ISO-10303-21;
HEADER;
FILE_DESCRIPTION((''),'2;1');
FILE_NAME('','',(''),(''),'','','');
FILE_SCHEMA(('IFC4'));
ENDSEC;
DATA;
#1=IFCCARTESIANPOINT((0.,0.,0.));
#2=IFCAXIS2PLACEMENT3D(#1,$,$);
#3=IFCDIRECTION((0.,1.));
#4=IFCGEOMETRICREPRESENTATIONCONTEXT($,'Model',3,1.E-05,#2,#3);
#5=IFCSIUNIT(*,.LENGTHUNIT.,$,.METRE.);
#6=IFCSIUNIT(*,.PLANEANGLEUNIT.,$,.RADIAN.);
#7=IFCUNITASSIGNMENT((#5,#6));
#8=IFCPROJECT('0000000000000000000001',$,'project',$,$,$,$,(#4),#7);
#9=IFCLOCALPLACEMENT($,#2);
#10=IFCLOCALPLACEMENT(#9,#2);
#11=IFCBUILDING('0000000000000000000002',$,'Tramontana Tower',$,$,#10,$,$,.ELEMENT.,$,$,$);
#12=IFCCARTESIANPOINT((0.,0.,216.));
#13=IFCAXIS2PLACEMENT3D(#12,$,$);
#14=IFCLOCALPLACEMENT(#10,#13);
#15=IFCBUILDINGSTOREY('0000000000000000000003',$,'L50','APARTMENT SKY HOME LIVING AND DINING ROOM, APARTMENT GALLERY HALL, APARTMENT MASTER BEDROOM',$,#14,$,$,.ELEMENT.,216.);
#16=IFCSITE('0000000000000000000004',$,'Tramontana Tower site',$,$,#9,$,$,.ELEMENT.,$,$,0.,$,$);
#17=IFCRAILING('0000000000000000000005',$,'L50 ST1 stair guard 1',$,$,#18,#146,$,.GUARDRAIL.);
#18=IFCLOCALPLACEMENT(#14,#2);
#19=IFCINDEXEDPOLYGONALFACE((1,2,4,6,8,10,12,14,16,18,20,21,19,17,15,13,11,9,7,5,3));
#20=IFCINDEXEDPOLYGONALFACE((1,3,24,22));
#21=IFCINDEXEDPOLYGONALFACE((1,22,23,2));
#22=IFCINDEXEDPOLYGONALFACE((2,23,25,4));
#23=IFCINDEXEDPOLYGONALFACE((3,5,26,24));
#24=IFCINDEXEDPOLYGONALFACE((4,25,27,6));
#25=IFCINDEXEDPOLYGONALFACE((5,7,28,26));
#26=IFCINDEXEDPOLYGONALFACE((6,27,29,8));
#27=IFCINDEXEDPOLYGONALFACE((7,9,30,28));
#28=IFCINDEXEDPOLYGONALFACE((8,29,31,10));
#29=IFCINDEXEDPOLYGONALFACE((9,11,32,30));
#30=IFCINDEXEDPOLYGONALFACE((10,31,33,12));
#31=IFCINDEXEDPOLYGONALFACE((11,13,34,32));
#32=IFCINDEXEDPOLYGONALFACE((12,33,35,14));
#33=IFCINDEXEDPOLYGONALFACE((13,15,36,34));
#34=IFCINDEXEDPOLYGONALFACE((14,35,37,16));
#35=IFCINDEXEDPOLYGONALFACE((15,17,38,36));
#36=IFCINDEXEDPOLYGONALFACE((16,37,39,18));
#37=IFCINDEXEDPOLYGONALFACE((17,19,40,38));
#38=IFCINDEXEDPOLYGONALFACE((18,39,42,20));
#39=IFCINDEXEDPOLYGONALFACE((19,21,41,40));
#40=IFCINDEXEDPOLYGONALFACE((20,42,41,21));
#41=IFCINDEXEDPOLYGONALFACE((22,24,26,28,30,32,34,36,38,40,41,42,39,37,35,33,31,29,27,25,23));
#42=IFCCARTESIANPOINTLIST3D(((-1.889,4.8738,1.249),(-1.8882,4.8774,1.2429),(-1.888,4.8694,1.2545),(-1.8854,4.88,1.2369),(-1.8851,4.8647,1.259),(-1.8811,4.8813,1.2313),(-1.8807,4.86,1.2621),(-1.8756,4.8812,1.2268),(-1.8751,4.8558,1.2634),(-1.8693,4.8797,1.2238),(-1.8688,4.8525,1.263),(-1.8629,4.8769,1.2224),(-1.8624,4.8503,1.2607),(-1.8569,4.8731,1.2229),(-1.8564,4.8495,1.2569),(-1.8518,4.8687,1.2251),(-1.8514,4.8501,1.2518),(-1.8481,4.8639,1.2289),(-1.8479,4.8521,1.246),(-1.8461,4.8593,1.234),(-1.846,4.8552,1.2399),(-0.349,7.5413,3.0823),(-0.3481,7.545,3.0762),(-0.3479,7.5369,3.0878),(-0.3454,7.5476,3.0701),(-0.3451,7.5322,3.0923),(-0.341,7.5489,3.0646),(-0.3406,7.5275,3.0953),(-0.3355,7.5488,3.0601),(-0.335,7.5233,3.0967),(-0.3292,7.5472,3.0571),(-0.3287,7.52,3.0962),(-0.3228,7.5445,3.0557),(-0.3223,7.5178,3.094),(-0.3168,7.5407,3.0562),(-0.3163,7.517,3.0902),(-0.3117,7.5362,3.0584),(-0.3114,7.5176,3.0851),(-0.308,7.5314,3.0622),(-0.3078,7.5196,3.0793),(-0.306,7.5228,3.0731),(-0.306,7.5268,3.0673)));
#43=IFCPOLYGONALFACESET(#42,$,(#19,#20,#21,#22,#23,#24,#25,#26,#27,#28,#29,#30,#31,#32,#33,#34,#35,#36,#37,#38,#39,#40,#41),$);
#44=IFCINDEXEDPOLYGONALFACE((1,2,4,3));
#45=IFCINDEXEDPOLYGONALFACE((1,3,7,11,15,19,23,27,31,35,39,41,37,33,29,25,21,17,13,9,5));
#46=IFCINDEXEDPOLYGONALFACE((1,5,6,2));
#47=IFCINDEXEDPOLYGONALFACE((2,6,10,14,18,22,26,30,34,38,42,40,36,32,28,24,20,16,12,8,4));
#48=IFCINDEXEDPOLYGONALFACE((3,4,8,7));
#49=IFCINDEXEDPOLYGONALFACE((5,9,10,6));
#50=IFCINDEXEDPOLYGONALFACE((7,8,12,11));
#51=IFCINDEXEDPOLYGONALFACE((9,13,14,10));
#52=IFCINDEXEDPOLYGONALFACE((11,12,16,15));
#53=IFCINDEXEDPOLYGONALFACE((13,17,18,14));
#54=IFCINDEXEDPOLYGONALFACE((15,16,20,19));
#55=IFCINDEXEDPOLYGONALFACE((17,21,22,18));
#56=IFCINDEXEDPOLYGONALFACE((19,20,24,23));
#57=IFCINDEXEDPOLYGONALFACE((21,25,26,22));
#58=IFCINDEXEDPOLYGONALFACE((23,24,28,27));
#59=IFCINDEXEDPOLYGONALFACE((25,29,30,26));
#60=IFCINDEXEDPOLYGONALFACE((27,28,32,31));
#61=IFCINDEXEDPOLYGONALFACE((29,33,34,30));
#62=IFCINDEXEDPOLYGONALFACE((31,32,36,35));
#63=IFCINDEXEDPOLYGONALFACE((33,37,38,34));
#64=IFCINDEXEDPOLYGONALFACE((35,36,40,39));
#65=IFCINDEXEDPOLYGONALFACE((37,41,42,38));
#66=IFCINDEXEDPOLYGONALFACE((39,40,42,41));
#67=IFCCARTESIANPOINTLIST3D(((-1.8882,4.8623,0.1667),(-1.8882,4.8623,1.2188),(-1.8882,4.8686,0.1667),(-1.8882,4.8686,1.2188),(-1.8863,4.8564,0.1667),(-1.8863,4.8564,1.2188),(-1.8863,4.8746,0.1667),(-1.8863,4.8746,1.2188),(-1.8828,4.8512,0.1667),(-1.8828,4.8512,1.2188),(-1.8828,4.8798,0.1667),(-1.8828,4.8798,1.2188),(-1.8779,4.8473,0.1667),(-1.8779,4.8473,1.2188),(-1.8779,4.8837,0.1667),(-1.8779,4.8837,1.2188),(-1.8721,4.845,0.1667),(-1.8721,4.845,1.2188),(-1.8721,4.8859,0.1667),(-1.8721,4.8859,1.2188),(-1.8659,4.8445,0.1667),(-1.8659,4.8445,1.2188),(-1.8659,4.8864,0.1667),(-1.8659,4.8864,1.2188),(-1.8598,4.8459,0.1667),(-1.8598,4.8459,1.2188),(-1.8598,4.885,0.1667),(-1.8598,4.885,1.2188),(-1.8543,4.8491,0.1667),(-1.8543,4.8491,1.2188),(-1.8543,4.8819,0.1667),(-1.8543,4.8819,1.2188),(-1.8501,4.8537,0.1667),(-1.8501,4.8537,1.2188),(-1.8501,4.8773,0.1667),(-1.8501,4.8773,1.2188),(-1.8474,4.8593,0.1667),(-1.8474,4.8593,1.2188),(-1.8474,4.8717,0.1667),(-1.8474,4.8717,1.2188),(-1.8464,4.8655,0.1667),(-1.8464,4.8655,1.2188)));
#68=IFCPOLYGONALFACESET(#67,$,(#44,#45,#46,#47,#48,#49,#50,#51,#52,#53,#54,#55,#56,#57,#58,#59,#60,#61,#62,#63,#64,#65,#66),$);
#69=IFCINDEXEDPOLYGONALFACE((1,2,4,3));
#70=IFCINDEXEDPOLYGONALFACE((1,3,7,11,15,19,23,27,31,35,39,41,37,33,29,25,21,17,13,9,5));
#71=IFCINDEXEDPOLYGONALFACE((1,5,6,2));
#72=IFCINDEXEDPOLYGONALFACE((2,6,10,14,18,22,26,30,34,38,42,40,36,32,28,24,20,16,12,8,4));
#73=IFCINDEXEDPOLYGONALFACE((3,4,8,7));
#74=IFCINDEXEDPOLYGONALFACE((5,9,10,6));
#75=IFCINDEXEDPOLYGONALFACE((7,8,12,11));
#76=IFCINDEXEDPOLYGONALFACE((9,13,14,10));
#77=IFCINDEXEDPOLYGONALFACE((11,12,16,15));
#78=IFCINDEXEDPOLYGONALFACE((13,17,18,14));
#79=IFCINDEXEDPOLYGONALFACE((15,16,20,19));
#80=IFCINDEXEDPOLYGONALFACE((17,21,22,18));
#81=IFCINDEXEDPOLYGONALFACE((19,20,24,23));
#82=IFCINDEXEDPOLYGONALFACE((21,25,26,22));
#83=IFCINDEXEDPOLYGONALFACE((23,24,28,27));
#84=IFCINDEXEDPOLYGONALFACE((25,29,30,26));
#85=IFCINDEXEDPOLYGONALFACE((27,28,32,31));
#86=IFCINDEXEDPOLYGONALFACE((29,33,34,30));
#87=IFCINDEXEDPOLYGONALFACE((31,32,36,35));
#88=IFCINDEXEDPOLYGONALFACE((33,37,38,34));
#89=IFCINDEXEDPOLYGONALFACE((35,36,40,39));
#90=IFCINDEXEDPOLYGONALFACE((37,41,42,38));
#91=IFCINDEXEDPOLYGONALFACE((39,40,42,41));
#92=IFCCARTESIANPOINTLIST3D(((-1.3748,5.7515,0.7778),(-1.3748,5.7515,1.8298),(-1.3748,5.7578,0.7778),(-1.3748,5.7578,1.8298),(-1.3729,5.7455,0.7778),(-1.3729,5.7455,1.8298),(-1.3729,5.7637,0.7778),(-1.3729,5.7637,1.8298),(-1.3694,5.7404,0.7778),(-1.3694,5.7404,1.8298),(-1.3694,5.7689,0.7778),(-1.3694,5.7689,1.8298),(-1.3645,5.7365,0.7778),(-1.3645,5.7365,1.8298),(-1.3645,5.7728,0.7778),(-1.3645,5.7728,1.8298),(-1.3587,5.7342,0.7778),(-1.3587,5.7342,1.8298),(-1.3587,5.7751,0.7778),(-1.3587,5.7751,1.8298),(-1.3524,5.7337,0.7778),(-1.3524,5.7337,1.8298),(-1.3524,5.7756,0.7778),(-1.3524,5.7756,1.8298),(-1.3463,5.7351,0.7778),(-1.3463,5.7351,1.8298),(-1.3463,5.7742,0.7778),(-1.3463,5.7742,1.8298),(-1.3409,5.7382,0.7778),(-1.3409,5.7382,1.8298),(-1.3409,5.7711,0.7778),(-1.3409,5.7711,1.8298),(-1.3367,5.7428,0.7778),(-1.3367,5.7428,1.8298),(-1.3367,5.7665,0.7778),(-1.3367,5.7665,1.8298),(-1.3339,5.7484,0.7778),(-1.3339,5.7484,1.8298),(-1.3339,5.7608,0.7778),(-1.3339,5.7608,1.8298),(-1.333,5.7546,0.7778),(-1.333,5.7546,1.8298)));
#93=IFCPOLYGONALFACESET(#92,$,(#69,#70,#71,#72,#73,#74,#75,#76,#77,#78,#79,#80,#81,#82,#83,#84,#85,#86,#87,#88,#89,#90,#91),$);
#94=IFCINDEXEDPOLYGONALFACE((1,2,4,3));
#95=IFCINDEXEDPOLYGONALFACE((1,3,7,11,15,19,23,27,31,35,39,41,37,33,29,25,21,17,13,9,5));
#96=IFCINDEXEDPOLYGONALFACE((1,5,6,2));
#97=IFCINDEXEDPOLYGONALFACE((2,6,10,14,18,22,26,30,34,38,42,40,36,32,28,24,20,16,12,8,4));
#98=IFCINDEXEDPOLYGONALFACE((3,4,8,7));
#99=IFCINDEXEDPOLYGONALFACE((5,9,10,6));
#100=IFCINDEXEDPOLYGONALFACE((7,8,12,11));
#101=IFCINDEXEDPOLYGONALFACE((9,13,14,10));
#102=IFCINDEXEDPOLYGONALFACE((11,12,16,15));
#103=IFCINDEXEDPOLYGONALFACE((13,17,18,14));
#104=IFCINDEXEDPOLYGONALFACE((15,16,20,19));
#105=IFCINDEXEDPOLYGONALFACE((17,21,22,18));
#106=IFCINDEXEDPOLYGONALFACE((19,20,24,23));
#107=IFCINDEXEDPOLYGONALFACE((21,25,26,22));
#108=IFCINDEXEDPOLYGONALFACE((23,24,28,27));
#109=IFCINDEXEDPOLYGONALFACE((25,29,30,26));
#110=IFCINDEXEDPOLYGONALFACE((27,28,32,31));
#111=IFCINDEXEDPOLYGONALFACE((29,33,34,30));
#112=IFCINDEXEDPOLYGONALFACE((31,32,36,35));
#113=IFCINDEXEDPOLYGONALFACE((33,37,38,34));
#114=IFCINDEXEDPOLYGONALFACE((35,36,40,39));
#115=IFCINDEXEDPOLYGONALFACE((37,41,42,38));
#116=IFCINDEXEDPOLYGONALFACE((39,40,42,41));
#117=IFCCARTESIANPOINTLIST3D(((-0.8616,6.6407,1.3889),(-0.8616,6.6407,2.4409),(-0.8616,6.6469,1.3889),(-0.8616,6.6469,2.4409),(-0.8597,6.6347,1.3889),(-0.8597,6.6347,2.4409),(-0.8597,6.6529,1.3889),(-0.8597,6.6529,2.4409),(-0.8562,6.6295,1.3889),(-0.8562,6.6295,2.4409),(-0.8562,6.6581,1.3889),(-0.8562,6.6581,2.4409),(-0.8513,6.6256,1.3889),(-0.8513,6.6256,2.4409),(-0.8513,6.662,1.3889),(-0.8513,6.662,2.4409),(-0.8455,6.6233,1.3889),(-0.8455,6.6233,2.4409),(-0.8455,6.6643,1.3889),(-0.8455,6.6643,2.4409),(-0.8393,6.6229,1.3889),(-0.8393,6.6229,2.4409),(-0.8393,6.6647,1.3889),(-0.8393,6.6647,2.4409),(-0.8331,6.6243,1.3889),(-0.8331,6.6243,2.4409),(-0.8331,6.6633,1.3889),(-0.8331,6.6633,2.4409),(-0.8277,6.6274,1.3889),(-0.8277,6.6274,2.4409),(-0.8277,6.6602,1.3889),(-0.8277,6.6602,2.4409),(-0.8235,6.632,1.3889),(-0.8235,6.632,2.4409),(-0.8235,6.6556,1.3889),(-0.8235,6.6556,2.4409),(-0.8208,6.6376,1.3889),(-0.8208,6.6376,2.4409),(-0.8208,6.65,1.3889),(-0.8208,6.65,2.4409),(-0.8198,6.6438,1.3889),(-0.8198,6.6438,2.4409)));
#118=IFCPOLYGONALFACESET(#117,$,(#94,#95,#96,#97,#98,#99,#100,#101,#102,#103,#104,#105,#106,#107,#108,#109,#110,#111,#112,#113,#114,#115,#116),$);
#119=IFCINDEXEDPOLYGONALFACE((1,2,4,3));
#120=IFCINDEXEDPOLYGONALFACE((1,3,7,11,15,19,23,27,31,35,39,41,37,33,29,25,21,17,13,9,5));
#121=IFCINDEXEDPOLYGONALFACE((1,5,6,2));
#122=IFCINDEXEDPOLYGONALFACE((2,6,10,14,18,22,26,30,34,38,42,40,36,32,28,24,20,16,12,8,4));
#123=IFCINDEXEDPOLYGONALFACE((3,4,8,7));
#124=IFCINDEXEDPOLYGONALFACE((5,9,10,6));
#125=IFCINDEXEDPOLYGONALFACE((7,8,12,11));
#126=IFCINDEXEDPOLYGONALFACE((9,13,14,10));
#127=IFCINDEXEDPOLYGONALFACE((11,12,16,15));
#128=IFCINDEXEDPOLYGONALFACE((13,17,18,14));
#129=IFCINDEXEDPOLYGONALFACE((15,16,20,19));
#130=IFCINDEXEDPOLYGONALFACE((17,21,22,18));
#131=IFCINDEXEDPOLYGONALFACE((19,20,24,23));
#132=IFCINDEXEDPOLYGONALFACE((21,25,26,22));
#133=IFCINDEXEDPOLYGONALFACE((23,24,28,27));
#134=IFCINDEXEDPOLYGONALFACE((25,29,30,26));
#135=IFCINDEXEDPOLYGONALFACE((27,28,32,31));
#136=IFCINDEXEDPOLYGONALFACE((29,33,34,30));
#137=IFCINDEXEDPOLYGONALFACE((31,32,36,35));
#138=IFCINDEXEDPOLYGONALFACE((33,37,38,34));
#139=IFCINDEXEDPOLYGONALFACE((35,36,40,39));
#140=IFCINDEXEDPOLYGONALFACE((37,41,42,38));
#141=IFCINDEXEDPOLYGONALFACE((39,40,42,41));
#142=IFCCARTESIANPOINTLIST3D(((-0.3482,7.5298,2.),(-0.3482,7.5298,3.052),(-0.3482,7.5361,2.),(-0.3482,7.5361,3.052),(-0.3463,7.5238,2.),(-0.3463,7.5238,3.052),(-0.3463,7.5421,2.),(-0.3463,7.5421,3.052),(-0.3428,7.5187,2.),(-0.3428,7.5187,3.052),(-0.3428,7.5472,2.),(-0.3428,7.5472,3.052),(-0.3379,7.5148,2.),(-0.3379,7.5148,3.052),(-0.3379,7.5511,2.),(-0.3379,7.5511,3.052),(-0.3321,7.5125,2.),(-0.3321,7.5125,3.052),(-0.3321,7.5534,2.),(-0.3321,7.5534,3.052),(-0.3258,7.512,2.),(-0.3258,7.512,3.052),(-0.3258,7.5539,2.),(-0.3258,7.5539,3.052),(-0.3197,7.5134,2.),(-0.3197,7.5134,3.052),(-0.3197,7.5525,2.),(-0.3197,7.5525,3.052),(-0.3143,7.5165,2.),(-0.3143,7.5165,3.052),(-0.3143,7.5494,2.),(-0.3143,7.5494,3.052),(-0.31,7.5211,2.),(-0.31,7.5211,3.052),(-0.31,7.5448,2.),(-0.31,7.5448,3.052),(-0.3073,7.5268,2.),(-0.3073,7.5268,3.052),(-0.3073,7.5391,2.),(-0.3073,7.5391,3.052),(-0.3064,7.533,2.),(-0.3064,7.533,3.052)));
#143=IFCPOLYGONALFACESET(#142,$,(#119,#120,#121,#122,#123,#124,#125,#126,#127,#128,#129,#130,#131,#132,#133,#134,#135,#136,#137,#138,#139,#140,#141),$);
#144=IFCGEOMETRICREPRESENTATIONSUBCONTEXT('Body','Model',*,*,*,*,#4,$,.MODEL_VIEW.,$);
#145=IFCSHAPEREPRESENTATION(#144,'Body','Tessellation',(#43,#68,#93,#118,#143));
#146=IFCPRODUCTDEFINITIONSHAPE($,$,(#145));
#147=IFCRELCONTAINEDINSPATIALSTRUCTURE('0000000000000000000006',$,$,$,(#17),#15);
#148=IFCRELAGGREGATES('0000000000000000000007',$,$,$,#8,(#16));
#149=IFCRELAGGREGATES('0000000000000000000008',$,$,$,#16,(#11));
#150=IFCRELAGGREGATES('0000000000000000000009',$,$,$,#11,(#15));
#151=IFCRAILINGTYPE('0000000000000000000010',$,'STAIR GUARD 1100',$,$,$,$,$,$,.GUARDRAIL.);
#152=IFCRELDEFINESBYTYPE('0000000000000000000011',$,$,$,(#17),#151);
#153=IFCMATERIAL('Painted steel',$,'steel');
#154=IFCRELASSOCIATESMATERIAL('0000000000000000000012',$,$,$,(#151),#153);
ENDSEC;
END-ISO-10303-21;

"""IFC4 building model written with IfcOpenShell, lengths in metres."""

from ifc_helpers import new_model, si_unit, direction, frame, origin, origin_2d, place, context, subcontext, project, spatial, circle, extrude, material, type_object, element, save


model = new_model("IFC4")

# Units and contexts
model_context = context("Model", 3, precision=1e-05, world=origin(), true_north=direction((0.0, 1.0)))
body_context = subcontext(model_context, "Body", "Model", "MODEL_VIEW")
ifc_project = project(units=[si_unit("LENGTHUNIT", "METRE"), si_unit("PLANEANGLEUNIT", "RADIAN")], contexts=[model_context])

# Site, building, storey
site_placement = place(None, origin())
site = spatial("IfcSite", under=ifc_project, at=site_placement, Name="Tramontana Tower site", CompositionType="ELEMENT", RefElevation=0.0)
building_placement = place(site_placement, origin())
building = spatial("IfcBuilding", under=site, at=building_placement, Name="Tramontana Tower", CompositionType="ELEMENT")
storey_placement = place(building_placement, frame((0.0, 0.0, 216.0)))
storey = spatial("IfcBuildingStorey", under=building, at=storey_placement, Name="L50", Description="APARTMENT SKY HOME LIVING AND DINING ROOM, APARTMENT GALLERY HALL, APARTMENT MASTER BEDROOM", CompositionType="ELEMENT", Elevation=216.0)

# Railing
ifc_material_1 = material(Name="Painted steel", Category="steel")
railing_type_1 = type_object("IfcRailingType", Name="STAIR GUARD 1100", PredefinedType="GUARDRAIL", material=ifc_material_1)
railing_1_placement = place(storey_placement, frame((-1.8674, 4.8655, 0.1667)))
element("IfcRailing", 1, at=railing_1_placement, inside=storey, type_object=railing_type_1, Name="L50 ST1 stair guard 1", PredefinedType="GUARDRAIL", context=body_context, shape_type="SweptSolid", body=[
    extrude(circle(Radius=0.0239, at=origin_2d()), frame((0.0, 0.0, 1.0762), z_axis=(0.429649, 0.74419, 0.511452), x_axis=(-0.86603, 0.499992, 0.0)), (0.0, 0.0, 1.0), 3.5845),
    extrude(circle(Radius=0.021, at=origin_2d()), origin(), (0.0, 0.0, 1.0), 1.052),
    extrude(circle(Radius=0.021, at=origin_2d()), frame((0.5134, 0.8892, 0.6111)), (0.0, 0.0, 1.0), 1.052),
    extrude(circle(Radius=0.021, at=origin_2d()), frame((1.0266, 1.7783, 1.2222)), (0.0, 0.0, 1.0), 1.052),
    extrude(circle(Radius=0.021, at=origin_2d()), frame((1.54, 2.6675, 1.8333)), (0.0, 0.0, 1.0), 1.052),
])

save(model, "model.ifc")
